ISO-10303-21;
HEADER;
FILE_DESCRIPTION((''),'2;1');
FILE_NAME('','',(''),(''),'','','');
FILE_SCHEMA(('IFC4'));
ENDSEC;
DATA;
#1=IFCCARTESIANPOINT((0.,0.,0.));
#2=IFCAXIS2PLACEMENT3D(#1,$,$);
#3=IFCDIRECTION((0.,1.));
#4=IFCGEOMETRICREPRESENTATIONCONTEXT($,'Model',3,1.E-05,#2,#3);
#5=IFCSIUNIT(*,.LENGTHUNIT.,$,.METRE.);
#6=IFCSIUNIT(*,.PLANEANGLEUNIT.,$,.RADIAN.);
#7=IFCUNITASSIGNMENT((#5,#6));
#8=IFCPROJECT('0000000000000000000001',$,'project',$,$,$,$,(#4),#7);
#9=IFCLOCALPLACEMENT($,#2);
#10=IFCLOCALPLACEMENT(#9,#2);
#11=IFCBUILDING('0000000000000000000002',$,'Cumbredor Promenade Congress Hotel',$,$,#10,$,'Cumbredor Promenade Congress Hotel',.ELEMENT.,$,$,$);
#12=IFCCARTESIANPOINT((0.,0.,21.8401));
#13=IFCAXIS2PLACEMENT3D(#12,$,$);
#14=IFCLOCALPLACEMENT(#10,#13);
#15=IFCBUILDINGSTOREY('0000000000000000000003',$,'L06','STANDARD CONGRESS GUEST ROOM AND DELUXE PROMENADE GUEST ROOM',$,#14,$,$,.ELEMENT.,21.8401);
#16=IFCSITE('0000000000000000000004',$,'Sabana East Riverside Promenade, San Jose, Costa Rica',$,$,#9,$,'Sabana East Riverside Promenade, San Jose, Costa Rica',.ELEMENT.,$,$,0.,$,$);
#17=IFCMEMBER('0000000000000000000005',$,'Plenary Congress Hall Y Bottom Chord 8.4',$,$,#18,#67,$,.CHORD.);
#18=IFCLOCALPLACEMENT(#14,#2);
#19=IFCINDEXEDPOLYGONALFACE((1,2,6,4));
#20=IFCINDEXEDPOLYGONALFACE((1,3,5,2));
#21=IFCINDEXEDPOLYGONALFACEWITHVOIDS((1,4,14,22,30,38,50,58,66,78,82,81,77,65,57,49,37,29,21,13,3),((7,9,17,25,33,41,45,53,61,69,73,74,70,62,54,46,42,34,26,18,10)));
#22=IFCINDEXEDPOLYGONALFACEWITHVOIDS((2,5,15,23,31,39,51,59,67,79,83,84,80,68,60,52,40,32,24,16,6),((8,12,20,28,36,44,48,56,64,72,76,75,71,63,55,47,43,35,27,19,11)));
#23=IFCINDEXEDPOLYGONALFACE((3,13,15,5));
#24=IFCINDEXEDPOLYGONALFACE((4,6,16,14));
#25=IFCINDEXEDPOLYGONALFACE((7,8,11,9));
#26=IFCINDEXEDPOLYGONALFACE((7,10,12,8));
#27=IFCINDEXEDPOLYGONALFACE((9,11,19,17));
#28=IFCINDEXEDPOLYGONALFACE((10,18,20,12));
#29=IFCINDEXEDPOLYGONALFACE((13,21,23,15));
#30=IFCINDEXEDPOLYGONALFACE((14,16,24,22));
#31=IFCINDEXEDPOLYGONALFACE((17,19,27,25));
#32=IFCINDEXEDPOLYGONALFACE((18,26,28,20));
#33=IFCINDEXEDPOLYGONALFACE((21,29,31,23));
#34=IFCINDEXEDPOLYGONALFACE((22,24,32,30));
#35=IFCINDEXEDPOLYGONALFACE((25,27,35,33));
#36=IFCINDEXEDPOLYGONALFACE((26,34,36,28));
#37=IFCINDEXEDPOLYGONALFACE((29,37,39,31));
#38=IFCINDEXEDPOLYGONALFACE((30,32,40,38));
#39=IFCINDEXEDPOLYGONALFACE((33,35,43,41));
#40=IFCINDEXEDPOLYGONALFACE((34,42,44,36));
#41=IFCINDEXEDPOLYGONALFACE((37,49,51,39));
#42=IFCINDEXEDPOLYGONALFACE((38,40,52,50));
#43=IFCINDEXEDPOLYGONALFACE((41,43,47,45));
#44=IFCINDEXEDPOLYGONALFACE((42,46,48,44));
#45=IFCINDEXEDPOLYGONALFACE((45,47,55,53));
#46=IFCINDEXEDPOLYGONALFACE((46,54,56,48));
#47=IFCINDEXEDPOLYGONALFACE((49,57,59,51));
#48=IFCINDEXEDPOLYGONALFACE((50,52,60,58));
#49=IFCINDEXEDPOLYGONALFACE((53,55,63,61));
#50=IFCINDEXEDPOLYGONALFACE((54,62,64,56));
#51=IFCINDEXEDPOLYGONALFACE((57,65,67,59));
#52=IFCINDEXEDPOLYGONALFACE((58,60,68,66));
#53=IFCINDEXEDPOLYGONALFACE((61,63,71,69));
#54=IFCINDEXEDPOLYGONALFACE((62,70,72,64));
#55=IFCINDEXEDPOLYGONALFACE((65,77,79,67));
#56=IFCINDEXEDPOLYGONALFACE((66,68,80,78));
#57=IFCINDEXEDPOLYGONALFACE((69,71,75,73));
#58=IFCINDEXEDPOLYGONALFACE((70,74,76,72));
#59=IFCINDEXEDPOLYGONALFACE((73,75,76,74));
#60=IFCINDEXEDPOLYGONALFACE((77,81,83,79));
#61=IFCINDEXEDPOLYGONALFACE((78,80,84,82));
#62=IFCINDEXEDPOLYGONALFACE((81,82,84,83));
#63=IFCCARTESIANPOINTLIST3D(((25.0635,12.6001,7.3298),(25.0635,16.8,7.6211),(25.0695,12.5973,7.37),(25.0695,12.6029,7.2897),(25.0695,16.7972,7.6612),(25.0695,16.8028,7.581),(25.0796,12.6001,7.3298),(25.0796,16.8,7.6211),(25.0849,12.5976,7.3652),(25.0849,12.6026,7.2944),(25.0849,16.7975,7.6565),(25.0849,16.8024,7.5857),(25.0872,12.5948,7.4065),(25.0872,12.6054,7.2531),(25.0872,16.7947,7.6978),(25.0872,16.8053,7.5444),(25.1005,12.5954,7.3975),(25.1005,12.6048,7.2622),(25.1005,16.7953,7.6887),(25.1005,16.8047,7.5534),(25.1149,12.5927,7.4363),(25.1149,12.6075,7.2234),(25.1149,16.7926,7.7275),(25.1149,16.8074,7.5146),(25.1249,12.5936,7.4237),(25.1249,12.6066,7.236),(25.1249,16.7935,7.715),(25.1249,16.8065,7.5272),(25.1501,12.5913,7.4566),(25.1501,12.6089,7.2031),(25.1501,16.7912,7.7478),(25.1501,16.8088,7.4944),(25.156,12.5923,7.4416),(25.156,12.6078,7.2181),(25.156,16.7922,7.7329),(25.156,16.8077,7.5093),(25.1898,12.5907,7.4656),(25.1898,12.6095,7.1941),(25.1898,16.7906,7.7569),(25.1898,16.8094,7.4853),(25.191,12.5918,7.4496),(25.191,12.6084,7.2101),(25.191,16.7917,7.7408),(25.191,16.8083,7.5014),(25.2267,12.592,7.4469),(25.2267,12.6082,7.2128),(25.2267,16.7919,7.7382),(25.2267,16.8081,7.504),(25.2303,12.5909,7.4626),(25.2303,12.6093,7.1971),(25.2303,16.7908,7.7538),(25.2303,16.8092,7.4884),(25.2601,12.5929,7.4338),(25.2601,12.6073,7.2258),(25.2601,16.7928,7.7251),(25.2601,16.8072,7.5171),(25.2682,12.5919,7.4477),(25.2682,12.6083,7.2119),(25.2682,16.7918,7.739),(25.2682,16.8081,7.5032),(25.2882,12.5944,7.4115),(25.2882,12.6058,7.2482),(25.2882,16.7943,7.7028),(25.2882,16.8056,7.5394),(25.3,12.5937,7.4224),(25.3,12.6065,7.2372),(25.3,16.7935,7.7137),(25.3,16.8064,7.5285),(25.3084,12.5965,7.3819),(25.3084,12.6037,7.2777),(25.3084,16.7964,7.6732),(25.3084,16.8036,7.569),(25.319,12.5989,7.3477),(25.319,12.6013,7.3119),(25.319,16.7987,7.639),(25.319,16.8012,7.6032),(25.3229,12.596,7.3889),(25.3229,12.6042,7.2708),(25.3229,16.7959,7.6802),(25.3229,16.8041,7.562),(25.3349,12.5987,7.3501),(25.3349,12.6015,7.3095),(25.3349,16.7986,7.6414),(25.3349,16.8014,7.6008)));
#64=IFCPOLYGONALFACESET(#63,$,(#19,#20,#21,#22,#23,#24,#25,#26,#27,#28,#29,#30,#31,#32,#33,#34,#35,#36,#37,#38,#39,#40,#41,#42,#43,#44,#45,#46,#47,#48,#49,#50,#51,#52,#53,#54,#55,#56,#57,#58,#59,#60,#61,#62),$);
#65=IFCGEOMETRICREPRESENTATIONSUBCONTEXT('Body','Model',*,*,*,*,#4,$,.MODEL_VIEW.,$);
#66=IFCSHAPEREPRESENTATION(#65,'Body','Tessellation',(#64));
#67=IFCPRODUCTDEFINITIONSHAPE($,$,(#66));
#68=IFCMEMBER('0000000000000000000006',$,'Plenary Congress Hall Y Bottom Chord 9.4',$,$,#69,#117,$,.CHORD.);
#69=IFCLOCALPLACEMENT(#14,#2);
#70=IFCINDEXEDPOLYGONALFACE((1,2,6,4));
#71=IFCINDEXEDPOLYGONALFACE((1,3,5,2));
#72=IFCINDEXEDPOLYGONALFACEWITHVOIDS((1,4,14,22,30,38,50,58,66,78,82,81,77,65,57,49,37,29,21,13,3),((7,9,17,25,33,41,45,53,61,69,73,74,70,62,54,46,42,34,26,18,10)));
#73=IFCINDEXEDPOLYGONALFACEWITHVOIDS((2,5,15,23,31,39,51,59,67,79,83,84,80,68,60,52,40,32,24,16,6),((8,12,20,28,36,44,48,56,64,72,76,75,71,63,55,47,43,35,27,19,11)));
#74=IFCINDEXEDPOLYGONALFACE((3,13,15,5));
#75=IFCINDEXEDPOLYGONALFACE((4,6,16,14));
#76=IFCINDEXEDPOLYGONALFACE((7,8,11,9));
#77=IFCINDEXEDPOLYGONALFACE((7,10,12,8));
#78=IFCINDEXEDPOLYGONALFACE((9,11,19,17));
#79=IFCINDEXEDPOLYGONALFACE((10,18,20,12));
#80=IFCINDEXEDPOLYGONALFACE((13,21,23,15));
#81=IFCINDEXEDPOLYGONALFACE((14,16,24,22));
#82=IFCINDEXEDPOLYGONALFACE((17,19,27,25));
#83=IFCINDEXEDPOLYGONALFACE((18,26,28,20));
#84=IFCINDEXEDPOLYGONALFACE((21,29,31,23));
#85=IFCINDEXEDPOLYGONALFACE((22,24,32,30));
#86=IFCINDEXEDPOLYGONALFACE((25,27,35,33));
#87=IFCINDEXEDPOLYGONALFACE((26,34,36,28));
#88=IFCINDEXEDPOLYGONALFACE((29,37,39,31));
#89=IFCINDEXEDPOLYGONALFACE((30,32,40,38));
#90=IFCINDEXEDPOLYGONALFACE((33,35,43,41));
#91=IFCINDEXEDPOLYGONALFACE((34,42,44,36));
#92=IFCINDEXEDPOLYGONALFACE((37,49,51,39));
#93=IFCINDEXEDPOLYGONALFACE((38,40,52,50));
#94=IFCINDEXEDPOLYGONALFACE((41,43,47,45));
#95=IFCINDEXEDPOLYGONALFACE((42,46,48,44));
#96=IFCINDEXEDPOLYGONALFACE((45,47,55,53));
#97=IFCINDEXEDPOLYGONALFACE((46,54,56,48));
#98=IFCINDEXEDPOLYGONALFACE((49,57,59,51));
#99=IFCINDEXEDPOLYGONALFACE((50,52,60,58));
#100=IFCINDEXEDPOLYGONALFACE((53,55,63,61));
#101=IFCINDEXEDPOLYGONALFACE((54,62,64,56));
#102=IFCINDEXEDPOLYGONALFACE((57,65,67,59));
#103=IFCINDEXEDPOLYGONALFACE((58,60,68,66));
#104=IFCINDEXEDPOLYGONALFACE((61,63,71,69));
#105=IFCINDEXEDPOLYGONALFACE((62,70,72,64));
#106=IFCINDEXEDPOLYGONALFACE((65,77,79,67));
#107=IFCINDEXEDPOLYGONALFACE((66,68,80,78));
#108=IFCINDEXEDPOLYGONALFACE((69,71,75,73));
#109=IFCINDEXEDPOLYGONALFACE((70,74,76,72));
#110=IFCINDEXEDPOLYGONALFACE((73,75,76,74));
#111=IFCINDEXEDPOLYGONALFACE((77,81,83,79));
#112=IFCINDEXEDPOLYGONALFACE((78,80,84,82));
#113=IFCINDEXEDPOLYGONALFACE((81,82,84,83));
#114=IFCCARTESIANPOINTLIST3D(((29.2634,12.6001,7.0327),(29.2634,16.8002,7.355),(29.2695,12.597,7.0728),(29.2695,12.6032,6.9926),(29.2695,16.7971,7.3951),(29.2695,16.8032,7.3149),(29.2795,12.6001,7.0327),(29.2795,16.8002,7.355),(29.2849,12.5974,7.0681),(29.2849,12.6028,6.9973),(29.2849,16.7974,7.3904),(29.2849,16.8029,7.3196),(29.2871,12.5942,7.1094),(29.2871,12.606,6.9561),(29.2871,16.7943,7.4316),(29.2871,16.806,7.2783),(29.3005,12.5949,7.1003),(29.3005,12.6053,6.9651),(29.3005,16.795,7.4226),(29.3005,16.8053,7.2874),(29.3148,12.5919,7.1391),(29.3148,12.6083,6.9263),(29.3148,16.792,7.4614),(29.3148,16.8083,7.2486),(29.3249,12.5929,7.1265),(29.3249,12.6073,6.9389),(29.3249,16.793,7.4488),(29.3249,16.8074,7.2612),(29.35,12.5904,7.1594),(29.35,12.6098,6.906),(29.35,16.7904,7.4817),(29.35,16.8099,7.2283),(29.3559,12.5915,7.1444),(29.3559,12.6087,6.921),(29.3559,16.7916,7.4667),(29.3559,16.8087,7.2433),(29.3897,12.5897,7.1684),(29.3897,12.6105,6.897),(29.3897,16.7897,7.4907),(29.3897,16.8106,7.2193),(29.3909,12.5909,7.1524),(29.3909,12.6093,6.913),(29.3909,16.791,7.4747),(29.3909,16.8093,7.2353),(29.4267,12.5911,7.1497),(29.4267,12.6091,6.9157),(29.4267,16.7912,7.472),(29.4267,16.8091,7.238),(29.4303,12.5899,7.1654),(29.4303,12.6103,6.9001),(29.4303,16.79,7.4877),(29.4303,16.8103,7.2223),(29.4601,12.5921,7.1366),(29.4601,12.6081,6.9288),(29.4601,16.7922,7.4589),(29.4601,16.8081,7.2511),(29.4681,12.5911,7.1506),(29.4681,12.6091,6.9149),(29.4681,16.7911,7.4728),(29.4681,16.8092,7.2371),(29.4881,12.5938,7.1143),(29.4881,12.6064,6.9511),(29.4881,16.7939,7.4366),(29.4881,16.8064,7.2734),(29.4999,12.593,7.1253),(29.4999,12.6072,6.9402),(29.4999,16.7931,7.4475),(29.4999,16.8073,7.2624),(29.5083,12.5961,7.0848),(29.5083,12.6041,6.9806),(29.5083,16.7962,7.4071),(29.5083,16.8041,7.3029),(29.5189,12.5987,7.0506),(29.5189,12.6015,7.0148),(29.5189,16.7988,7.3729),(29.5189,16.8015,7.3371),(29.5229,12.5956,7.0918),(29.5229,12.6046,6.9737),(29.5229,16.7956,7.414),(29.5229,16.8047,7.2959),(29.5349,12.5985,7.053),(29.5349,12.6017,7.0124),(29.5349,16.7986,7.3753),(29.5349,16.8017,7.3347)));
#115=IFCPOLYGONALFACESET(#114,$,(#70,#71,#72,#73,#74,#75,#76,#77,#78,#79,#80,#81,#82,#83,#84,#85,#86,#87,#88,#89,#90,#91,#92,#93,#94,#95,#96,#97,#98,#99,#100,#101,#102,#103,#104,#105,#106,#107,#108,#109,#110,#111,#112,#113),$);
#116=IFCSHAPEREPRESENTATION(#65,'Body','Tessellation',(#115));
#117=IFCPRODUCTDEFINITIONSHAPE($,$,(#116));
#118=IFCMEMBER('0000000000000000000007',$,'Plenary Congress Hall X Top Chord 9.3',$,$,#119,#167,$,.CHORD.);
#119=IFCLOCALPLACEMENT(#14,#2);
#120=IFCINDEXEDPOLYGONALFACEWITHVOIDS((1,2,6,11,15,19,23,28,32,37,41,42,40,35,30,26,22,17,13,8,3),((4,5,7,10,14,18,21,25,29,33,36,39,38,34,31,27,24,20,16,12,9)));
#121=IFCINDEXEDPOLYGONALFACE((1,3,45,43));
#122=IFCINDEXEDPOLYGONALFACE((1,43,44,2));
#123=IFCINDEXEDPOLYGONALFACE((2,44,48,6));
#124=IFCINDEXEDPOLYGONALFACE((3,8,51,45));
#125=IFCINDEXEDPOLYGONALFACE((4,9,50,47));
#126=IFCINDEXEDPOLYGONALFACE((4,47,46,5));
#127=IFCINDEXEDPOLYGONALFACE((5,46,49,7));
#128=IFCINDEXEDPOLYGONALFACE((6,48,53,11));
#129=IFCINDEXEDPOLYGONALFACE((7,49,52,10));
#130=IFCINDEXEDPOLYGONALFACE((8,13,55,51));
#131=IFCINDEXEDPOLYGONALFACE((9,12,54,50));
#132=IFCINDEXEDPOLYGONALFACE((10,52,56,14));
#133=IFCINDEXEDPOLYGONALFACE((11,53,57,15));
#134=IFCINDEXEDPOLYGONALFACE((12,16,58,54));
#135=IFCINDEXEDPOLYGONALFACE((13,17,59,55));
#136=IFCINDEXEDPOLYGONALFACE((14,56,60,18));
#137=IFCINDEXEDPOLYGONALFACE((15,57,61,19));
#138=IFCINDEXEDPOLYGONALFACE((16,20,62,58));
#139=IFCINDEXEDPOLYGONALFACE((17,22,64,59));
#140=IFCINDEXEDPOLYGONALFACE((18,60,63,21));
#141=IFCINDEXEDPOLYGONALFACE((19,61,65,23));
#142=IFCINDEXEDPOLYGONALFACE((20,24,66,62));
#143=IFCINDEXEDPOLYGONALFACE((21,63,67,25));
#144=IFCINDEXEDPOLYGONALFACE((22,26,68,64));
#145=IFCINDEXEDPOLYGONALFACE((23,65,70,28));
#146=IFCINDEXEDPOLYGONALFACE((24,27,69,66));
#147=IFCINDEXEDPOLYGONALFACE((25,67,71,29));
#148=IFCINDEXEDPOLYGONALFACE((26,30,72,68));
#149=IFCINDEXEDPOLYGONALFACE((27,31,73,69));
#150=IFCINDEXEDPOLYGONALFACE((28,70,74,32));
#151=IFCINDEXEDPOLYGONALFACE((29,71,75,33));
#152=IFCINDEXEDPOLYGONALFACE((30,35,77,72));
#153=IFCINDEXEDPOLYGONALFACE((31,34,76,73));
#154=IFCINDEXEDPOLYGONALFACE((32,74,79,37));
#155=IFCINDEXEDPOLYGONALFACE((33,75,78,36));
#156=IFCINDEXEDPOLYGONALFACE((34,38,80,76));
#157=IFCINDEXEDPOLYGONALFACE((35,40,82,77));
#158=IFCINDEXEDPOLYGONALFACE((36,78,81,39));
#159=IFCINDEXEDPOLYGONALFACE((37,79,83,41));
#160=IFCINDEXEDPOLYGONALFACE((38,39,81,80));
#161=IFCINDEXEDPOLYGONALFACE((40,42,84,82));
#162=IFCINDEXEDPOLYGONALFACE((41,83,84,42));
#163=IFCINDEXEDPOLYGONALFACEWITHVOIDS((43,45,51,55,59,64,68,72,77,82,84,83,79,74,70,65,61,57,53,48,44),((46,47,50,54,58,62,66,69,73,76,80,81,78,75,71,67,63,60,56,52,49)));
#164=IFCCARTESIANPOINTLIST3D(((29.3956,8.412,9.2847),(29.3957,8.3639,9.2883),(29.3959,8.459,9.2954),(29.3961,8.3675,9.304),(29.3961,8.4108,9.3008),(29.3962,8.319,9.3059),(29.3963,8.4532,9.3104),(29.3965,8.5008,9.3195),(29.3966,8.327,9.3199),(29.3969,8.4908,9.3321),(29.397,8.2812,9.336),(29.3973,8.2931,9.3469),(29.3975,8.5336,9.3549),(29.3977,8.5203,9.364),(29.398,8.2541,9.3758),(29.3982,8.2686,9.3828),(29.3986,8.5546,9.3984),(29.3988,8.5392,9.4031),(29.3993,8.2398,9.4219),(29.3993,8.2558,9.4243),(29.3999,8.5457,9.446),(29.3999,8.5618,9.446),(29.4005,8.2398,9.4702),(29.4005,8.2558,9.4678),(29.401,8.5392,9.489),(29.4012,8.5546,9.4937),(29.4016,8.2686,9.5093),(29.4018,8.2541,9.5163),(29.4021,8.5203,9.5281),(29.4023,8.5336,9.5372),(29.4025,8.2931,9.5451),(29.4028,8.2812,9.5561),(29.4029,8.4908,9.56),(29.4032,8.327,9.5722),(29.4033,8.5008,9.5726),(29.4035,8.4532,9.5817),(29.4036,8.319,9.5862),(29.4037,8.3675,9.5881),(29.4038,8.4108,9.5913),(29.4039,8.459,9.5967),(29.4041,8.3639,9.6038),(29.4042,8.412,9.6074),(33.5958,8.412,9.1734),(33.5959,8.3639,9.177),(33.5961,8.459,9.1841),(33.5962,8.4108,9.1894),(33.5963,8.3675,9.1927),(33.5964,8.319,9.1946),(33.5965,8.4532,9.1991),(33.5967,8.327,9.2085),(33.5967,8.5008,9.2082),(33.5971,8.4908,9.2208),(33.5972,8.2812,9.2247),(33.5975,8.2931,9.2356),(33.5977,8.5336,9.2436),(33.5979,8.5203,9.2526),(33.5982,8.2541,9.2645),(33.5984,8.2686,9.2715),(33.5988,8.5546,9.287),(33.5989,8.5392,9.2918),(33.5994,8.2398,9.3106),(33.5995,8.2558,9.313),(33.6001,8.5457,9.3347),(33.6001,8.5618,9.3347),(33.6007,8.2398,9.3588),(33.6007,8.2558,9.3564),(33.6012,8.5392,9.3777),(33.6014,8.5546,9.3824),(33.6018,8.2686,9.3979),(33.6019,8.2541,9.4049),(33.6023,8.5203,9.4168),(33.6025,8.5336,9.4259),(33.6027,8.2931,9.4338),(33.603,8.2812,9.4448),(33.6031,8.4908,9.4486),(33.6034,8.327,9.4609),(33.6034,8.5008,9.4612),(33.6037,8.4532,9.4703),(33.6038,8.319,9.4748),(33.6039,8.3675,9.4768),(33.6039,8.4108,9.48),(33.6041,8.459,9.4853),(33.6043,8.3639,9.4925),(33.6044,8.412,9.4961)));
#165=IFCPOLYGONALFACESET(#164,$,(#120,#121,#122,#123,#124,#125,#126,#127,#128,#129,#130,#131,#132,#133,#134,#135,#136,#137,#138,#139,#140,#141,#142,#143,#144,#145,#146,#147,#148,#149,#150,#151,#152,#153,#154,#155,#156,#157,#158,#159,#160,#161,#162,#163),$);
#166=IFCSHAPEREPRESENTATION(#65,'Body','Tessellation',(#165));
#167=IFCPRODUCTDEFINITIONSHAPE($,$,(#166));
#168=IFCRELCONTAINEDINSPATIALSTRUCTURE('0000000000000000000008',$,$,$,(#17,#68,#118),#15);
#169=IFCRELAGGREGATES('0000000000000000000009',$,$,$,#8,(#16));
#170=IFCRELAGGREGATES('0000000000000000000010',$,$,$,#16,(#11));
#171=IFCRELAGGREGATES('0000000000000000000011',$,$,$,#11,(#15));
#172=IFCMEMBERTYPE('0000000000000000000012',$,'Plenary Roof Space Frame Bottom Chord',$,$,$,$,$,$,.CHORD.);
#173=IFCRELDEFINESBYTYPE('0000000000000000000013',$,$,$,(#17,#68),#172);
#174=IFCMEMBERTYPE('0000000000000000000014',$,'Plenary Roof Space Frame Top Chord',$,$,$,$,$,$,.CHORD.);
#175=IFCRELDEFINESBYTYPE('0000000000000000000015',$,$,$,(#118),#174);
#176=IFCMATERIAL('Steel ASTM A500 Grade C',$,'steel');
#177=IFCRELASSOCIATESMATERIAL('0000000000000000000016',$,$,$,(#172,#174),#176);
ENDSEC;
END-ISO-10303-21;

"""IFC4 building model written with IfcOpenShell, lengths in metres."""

from ifc_helpers import new_model, si_unit, direction, frame, origin, origin_2d, place, context, subcontext, project, spatial, hollow_circle, extrude, material, material_profile, profile_set, type_object, element, save


model = new_model("IFC4")

# Units and contexts
model_context = context("Model", 3, precision=1e-05, world=origin(), true_north=direction((0.0, 1.0)))
body_context = subcontext(model_context, "Body", "Model", "MODEL_VIEW")
ifc_project = project(units=[si_unit("LENGTHUNIT", "METRE"), si_unit("PLANEANGLEUNIT", "RADIAN")], contexts=[model_context])

# Site, building, storey
site_placement = place(None, origin())
site = spatial("IfcSite", under=ifc_project, at=site_placement, Name="Sabana East Riverside Promenade, San Jose, Costa Rica", LongName="Sabana East Riverside Promenade, San Jose, Costa Rica", CompositionType="ELEMENT", RefElevation=0.0)
building_placement = place(site_placement, origin())
building = spatial("IfcBuilding", under=site, at=building_placement, Name="Cumbredor Promenade Congress Hotel", LongName="Cumbredor Promenade Congress Hotel", CompositionType="ELEMENT")
storey_placement = place(building_placement, frame((0.0, 0.0, 21.8401)))
storey = spatial("IfcBuildingStorey", under=building, at=storey_placement, Name="L06", Description="STANDARD CONGRESS GUEST ROOM AND DELUXE PROMENADE GUEST ROOM", CompositionType="ELEMENT", Elevation=21.8401)

# Members
ifc_material_1 = material(Name="Steel ASTM A500 Grade C", Category="steel")
ifc_material_profile_1 = material_profile(ifc_material_1, hollow_circle(Radius=0.1365, WallThickness=0.0161, at=origin_2d()), Name="CHS 273.0x16")
ifc_profile_set_1 = profile_set([ifc_material_profile_1], Name="Steel ASTM A500 Grade C")
member_type_1 = type_object("IfcMemberType", Name="Plenary Roof Space Frame Bottom Chord", PredefinedType="CHORD", material=ifc_profile_set_1)
member_1_placement = place(storey_placement, frame((25.2, 12.6001, 7.3298), z_axis=(0.0, 0.997604, 0.069182), x_axis=(-1.0, 0.0, 0.0)))
element("IfcMember", 1, at=member_1_placement, inside=storey, type_object=member_type_1, Name="Plenary Congress Hall Y Bottom Chord 8.4", PredefinedType="CHORD", context=body_context, shape_type="SweptSolid", body=[
    extrude(hollow_circle(Radius=0.1365, WallThickness=0.0161, at=origin_2d()), origin(), (0.0, 0.0, 1.0), 4.21),
])
member_2_placement = place(storey_placement, frame((29.3999, 12.6001, 7.0327), z_axis=(0.0, 0.997069, 0.076506), x_axis=(-1.0, 0.0, 0.0)))
element("IfcMember", 2, at=member_2_placement, inside=storey, type_object=member_type_1, Name="Plenary Congress Hall Y Bottom Chord 9.4", PredefinedType="CHORD", context=body_context, shape_type="SweptSolid", body=[
    extrude(hollow_circle(Radius=0.1365, WallThickness=0.0161, at=origin_2d()), origin(), (0.0, 0.0, 1.0), 4.2124),
])
ifc_material_profile_2 = material_profile(ifc_material_1, hollow_circle(Radius=0.1619, WallThickness=0.0161, at=origin_2d()), Name="CHS 323.9x16")
ifc_profile_set_2 = profile_set([ifc_material_profile_2], Name="Steel ASTM A500 Grade C")
member_type_2 = type_object("IfcMemberType", Name="Plenary Roof Space Frame Top Chord", PredefinedType="CHORD", material=ifc_profile_set_2)
member_3_placement = place(storey_placement, frame((29.3999, 8.3999, 9.446), z_axis=(0.999649, 0.0, -0.026496), x_axis=(0.0, 1.0, 0.0)))
element("IfcMember", 3, at=member_3_placement, inside=storey, type_object=member_type_2, Name="Plenary Congress Hall X Top Chord 9.3", PredefinedType="CHORD", context=body_context, shape_type="SweptSolid", body=[
    extrude(hollow_circle(Radius=0.1619, WallThickness=0.0161, at=origin_2d()), origin(), (0.0, 0.0, 1.0), 4.2017),
])

save(model, "model.ifc")
